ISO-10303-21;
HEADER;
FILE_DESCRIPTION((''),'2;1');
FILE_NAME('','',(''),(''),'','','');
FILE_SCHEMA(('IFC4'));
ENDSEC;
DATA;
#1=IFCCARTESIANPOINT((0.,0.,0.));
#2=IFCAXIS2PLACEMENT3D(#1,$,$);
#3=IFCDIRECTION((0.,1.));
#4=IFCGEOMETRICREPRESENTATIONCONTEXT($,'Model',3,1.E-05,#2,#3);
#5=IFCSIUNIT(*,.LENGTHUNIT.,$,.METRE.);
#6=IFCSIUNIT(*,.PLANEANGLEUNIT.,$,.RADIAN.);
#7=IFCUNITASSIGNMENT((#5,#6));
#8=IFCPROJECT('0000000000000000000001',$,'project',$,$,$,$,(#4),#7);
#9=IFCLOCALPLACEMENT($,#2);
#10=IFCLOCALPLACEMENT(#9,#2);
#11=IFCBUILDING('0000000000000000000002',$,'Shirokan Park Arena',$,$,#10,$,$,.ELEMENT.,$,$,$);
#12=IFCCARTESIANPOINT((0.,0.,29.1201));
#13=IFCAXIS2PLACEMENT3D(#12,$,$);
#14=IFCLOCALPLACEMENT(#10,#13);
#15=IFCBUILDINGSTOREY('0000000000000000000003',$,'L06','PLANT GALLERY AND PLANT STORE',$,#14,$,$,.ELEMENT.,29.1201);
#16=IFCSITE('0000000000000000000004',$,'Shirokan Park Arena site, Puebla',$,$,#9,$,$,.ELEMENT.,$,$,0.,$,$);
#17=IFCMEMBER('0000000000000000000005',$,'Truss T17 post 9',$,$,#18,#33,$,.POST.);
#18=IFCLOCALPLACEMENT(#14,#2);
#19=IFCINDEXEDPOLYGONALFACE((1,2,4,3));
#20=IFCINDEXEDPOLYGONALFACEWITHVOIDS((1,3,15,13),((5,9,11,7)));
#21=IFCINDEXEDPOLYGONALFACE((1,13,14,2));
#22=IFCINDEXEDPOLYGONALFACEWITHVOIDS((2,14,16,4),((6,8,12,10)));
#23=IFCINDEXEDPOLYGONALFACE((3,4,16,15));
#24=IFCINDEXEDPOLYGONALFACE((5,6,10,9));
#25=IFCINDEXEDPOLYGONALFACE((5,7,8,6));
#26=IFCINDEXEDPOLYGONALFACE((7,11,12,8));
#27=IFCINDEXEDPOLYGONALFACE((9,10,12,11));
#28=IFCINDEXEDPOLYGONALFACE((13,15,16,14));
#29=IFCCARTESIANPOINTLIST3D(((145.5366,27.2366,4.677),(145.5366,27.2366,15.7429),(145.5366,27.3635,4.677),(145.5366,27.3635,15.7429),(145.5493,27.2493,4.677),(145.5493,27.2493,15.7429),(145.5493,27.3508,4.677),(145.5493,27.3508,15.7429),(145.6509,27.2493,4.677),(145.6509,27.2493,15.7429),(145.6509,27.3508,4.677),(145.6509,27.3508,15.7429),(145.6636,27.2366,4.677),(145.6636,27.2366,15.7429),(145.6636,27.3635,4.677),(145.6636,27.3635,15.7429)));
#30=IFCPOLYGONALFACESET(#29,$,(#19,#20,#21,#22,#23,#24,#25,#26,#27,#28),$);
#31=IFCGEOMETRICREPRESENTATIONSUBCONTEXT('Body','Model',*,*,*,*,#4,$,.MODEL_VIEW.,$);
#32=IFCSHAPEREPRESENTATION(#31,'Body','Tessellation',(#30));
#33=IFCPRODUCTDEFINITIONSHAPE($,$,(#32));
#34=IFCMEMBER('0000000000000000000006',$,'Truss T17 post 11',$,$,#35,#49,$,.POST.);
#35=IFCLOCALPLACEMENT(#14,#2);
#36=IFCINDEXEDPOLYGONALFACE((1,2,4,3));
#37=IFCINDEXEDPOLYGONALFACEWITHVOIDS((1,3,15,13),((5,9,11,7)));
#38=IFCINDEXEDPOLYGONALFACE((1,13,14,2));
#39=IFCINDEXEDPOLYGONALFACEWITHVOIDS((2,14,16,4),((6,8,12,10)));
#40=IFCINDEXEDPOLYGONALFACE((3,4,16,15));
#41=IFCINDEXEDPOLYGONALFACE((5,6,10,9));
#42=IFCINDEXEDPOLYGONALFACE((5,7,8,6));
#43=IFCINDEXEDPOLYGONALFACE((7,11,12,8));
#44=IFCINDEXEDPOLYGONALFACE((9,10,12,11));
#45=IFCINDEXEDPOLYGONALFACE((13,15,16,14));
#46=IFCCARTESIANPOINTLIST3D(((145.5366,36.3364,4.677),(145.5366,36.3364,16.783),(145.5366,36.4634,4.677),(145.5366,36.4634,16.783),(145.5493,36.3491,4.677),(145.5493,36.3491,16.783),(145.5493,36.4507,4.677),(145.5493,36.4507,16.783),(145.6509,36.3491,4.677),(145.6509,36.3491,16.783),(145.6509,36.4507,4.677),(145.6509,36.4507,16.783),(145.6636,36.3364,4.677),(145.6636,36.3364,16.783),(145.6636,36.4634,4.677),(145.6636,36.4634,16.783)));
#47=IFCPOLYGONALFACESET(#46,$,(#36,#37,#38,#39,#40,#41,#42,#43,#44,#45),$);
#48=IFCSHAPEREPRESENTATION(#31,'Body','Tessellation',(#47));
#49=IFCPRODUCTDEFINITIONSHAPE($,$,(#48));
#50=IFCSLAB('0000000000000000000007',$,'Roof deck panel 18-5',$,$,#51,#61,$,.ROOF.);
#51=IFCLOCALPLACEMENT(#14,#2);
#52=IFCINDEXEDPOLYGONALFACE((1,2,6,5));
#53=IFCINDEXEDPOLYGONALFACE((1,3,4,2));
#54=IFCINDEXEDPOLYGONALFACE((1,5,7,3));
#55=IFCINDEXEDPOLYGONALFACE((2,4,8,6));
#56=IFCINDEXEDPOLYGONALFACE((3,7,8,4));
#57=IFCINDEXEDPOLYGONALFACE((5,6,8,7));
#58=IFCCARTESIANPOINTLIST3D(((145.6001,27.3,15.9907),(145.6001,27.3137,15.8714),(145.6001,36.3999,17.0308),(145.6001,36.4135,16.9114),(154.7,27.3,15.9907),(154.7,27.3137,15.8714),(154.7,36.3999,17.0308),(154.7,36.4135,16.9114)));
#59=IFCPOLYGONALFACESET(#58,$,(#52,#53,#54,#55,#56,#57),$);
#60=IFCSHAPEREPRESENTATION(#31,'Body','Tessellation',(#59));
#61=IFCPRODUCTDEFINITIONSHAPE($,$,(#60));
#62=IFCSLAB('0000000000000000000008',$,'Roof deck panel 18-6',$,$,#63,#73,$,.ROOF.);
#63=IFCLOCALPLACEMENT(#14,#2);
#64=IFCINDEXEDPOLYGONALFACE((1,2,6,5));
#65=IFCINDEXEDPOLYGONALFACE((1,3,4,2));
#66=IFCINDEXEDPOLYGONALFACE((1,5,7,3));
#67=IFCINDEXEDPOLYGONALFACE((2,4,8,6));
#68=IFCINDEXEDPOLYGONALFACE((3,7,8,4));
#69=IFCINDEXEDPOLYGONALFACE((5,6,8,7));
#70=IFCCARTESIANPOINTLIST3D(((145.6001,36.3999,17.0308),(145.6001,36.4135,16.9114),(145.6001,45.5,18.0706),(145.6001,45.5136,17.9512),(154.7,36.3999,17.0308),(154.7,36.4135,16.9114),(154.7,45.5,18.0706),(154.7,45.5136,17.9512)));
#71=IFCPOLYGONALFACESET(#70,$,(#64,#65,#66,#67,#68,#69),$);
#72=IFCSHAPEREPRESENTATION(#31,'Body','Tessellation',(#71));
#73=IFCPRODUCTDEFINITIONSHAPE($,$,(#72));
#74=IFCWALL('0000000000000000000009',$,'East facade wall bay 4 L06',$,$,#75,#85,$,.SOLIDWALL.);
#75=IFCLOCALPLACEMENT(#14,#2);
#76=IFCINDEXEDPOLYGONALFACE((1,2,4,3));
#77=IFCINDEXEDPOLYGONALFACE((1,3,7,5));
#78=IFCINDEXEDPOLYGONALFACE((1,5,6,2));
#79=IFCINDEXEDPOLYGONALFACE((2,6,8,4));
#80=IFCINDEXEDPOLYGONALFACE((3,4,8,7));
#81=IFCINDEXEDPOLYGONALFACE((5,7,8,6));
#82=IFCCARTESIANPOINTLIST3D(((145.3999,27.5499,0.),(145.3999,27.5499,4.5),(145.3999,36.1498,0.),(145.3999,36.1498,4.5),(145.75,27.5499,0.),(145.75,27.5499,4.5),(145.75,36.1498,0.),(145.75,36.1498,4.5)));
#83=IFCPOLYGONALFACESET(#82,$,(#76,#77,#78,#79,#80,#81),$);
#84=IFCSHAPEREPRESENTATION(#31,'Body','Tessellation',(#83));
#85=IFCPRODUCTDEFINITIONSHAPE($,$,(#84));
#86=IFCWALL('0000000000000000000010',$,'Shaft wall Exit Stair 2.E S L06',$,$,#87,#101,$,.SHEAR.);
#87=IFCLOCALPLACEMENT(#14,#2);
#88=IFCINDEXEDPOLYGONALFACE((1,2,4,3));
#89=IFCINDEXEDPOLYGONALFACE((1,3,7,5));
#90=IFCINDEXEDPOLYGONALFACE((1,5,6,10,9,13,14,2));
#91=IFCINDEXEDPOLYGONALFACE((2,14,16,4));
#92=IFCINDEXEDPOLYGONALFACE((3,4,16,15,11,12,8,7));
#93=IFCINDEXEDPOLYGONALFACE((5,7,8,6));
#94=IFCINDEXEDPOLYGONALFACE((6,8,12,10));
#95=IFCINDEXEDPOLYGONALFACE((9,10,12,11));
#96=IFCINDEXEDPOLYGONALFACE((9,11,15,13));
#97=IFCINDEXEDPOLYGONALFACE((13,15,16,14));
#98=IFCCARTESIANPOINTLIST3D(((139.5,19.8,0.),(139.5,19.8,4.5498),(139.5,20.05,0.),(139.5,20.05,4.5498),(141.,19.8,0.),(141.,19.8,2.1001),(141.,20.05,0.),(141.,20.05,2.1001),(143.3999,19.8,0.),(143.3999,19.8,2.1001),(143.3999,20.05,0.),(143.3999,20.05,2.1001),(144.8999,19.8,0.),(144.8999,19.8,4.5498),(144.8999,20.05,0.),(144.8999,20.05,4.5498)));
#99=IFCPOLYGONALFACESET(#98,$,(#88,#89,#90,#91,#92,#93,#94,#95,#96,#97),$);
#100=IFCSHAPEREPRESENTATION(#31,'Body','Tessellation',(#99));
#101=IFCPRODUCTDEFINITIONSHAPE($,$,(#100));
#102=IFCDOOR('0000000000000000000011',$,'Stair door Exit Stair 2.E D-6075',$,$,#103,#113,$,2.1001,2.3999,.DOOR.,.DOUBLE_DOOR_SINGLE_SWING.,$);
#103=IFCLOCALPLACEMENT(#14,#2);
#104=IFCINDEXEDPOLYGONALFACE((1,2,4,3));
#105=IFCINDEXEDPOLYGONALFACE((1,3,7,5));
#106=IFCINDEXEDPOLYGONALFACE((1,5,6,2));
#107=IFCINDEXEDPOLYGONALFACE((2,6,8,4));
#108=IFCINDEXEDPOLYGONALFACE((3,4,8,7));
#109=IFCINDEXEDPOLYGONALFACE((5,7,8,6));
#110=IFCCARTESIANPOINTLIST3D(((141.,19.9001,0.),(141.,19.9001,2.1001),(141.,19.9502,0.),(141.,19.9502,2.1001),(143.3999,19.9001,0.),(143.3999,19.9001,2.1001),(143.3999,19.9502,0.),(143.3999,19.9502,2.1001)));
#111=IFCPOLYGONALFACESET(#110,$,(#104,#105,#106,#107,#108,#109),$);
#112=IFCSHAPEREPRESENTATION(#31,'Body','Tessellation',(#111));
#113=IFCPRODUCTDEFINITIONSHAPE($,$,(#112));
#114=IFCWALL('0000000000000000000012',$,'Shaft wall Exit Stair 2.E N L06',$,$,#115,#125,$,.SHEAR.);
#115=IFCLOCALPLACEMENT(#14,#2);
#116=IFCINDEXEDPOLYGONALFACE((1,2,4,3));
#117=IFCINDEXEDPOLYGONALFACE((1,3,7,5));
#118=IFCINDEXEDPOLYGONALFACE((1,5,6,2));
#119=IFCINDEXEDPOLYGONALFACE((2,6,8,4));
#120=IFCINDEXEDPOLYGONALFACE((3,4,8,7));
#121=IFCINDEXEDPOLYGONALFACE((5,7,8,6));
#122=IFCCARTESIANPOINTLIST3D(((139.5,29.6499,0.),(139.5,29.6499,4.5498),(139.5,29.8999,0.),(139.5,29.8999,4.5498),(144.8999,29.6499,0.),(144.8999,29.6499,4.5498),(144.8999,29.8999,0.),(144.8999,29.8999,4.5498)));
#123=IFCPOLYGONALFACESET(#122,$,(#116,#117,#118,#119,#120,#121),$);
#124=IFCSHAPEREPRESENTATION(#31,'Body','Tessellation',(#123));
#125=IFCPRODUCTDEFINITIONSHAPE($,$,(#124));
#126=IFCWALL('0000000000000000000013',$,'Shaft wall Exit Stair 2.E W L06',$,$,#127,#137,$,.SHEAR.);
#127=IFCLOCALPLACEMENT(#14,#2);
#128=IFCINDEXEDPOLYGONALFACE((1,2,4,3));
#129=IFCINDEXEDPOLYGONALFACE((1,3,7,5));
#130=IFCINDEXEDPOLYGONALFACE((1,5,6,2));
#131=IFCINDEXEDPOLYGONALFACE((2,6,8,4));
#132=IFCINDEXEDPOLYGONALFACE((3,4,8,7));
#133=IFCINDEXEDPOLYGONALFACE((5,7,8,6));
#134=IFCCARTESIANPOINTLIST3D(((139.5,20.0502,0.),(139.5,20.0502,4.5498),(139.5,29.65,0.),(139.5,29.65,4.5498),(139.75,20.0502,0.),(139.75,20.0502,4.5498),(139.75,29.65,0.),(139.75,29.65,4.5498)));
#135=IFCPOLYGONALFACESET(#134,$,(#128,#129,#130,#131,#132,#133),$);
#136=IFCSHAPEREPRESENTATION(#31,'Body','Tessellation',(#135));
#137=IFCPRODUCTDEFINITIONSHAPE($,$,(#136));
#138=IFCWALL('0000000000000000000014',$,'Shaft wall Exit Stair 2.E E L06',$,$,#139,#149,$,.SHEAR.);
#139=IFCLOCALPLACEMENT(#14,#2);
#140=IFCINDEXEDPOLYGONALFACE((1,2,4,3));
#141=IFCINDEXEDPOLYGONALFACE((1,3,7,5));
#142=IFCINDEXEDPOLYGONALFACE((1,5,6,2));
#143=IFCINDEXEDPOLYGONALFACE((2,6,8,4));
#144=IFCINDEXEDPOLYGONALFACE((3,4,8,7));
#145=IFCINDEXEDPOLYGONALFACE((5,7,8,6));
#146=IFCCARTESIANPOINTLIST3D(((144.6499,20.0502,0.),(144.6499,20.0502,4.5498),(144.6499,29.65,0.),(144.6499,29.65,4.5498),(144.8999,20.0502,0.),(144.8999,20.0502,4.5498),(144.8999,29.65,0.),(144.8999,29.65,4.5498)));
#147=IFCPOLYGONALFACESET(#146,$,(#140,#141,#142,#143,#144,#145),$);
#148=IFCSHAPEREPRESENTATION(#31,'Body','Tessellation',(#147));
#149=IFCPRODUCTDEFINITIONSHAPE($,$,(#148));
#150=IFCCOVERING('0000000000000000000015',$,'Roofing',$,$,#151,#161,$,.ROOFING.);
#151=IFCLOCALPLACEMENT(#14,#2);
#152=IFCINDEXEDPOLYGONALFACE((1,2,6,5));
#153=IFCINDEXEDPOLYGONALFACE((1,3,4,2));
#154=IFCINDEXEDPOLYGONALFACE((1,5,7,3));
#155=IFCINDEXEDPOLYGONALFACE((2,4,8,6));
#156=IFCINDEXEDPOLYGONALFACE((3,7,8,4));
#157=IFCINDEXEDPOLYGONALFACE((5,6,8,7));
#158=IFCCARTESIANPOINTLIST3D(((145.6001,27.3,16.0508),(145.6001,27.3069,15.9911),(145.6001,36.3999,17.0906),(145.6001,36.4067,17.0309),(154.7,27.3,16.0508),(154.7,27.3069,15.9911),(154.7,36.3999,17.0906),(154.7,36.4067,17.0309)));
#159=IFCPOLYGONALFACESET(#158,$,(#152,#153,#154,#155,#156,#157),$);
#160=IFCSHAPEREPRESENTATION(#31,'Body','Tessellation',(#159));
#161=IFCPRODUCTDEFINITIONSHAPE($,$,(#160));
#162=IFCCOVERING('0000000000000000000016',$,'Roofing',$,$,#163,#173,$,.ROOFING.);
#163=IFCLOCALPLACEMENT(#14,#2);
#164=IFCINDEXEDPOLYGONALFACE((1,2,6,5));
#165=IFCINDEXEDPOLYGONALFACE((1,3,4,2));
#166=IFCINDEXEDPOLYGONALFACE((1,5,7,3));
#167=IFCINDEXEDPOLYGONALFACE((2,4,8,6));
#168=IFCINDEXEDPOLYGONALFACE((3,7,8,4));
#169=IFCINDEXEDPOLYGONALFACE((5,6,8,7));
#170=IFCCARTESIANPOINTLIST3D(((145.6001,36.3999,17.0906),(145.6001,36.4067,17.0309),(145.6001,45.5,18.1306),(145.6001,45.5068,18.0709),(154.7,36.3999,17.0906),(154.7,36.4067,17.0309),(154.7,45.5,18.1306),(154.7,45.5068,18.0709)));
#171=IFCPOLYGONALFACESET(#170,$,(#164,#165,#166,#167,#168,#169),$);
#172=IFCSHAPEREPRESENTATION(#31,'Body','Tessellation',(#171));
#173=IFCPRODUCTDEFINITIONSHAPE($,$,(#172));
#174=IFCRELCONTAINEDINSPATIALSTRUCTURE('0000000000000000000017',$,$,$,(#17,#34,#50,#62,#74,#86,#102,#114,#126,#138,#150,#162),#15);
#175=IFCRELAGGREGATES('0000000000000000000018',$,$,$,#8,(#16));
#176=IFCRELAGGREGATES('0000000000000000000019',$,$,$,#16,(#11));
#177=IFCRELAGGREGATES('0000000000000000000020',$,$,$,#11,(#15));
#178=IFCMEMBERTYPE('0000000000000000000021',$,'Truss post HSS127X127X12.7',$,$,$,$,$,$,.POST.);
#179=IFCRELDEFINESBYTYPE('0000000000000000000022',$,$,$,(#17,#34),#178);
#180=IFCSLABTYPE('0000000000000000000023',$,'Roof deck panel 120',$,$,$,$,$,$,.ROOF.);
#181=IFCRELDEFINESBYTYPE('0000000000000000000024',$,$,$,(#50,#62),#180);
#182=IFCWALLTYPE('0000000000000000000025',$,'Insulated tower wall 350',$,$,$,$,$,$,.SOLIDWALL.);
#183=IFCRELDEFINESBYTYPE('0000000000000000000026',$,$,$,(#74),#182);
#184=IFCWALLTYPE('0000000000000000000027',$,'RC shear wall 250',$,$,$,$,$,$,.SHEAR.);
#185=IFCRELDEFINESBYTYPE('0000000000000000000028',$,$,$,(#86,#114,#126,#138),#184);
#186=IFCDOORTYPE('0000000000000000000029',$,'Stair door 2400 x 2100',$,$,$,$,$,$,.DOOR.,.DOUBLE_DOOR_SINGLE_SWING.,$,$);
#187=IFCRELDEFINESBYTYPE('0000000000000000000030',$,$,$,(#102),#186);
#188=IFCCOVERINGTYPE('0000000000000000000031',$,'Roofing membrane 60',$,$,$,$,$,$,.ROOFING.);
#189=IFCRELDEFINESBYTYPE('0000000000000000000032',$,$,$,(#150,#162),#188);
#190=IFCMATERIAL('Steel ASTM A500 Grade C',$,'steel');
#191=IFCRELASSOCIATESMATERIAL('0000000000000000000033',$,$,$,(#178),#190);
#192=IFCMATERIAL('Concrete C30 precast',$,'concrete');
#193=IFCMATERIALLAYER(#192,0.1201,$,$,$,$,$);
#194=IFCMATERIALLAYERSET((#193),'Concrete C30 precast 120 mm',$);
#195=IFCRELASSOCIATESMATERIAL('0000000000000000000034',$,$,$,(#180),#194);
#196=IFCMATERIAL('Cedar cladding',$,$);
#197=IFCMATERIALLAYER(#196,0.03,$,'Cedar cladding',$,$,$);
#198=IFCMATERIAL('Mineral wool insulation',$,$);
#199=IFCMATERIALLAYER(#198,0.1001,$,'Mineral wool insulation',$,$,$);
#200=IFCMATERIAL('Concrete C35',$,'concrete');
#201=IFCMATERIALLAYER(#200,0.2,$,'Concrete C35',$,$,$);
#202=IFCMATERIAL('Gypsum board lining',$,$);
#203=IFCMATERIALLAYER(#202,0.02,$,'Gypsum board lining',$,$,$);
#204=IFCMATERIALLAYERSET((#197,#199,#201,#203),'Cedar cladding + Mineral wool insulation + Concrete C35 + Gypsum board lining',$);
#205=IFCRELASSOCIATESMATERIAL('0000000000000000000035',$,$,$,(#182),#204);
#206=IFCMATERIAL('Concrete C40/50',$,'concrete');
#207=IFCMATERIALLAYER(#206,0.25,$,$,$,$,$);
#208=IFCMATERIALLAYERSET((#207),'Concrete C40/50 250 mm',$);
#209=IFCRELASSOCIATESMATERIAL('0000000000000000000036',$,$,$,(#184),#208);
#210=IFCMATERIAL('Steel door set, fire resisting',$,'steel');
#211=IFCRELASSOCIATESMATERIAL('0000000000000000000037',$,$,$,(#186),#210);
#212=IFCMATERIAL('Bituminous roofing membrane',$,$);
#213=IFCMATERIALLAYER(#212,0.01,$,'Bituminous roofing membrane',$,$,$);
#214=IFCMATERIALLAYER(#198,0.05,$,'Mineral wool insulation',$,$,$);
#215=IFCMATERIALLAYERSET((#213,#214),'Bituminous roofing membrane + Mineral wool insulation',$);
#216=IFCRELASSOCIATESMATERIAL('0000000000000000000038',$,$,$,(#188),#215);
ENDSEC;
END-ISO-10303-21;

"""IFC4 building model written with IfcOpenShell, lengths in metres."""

from ifc_helpers import new_model, si_unit, direction, frame, frame_2d, origin, origin_2d, place, context, subcontext, project, spatial, polyline, rectangle, hollow_rectangle, outline, extrude, material, layer, layer_set, material_profile, profile_set, type_object, element, fill, save


model = new_model("IFC4")

# Units and contexts
model_context = context("Model", 3, precision=1e-05, world=origin(), true_north=direction((0.0, 1.0)))
body_context = subcontext(model_context, "Body", "Model", "MODEL_VIEW")
ifc_project = project(units=[si_unit("LENGTHUNIT", "METRE"), si_unit("PLANEANGLEUNIT", "RADIAN")], contexts=[model_context])

# Site, building, storey
site_placement = place(None, origin())
site = spatial("IfcSite", under=ifc_project, at=site_placement, Name="Shirokan Park Arena site, Puebla", CompositionType="ELEMENT", RefElevation=0.0)
building_placement = place(site_placement, origin())
building = spatial("IfcBuilding", under=site, at=building_placement, Name="Shirokan Park Arena", CompositionType="ELEMENT")
storey_placement = place(building_placement, frame((0.0, 0.0, 29.1201)))
storey = spatial("IfcBuildingStorey", under=building, at=storey_placement, Name="L06", Description="PLANT GALLERY AND PLANT STORE", CompositionType="ELEMENT", Elevation=29.1201)

# Shared definitions
ifc_material_1 = material(Name="Concrete C35", Category="concrete")

# Shared definitions
ifc_material_2 = material(Name="Steel ASTM A500 Grade C", Category="steel")

# Members
ifc_material_profile_1 = material_profile(ifc_material_2, hollow_rectangle(XDim=0.127, YDim=0.127, WallThickness=0.0127, at=origin_2d()), Name="HSS127X127X12.7")
ifc_profile_set_1 = profile_set([ifc_material_profile_1], Name="Steel ASTM A500 Grade C")
member_type_1 = type_object("IfcMemberType", Name="Truss post HSS127X127X12.7", PredefinedType="POST", material=ifc_profile_set_1)
member_1_placement = place(storey_placement, frame((145.6001, 27.3, 4.677), z_axis=(0.0, 0.0, 1.0), x_axis=(1.0, 0.0, 0.0)))
element("IfcMember", 1, at=member_1_placement, inside=storey, type_object=member_type_1, Name="Truss T17 post 9", PredefinedType="POST", context=body_context, shape_type="SweptSolid", body=[
    extrude(hollow_rectangle(XDim=0.127, YDim=0.127, WallThickness=0.0127, at=origin_2d()), origin(), (0.0, 0.0, 1.0), 11.0659),
])
member_2_placement = place(storey_placement, frame((145.6001, 36.3999, 4.677), z_axis=(0.0, 0.0, 1.0), x_axis=(1.0, 0.0, 0.0)))
element("IfcMember", 2, at=member_2_placement, inside=storey, type_object=member_type_1, Name="Truss T17 post 11", PredefinedType="POST", context=body_context, shape_type="SweptSolid", body=[
    extrude(hollow_rectangle(XDim=0.127, YDim=0.127, WallThickness=0.0127, at=origin_2d()), origin(), (0.0, 0.0, 1.0), 12.106),
])

# Slabs
ifc_material_3 = material(Name="Concrete C30 precast", Category="concrete")
ifc_layer_1 = layer(ifc_material_3, 0.1201)
ifc_layer_set_1 = layer_set([ifc_layer_1], Name="Concrete C30 precast 120 mm")
slab_type = type_object("IfcSlabType", Name="Roof deck panel 120", PredefinedType="ROOF", material=ifc_layer_set_1)
slab_1_placement = place(storey_placement, frame((145.6001, 27.3, 15.9907), z_axis=(0.0, -0.113553, 0.993532), x_axis=(1.0, 0.0, 0.0)))
element("IfcSlab", 3, at=slab_1_placement, inside=storey, type_object=slab_type, Name="Roof deck panel 18-5", PredefinedType="ROOF", context=body_context, shape_type="SweptSolid", body=[
    extrude(outline(polyline([(0.0, 0.0), (9.0999, 0.0), (9.0999, 9.1591), (0.0, 9.1591), (0.0, 0.0)])), origin(), (0.0, 0.0, -1.0), 0.1201),
])
slab_2_placement = place(storey_placement, frame((145.6001, 36.3999, 17.0308), z_axis=(0.0, -0.113523, 0.993535), x_axis=(1.0, 0.0, 0.0)))
element("IfcSlab", 4, at=slab_2_placement, inside=storey, type_object=slab_type, Name="Roof deck panel 18-6", PredefinedType="ROOF", context=body_context, shape_type="SweptSolid", body=[
    extrude(outline(polyline([(0.0, 0.0), (9.0999, 0.0), (9.0999, 9.1593), (0.0, 9.1593), (0.0, 0.0)])), origin(), (0.0, 0.0, -1.0), 0.1201),
])

# Wall
ifc_material_4 = material(Name="Cedar cladding")
ifc_layer_2 = layer(ifc_material_4, 0.03, Name="Cedar cladding")
ifc_material_5 = material(Name="Mineral wool insulation")
ifc_layer_3 = layer(ifc_material_5, 0.1001, Name="Mineral wool insulation")
ifc_layer_4 = layer(ifc_material_1, 0.2, Name="Concrete C35")
ifc_material_6 = material(Name="Gypsum board lining")
ifc_layer_5 = layer(ifc_material_6, 0.02, Name="Gypsum board lining")
ifc_layer_set_2 = layer_set([ifc_layer_2, ifc_layer_3, ifc_layer_4, ifc_layer_5], Name="Cedar cladding + Mineral wool insulation + Concrete C35 + Gypsum board lining")
wall_type_1 = type_object("IfcWallType", Name="Insulated tower wall 350", PredefinedType="SOLIDWALL", material=ifc_layer_set_2)
wall_1_placement = place(storey_placement, frame((145.575, 27.55, 0.0), z_axis=(0.0, 0.0, 1.0), x_axis=(0.0, 1.0, 0.0)))
element("IfcWall", 5, at=wall_1_placement, inside=storey, type_object=wall_type_1, Name="East facade wall bay 4 L06", PredefinedType="SOLIDWALL", context=body_context, shape_type="SweptSolid", body=[
    extrude(rectangle(XDim=8.5999, YDim=0.3501, at=frame_2d((4.2998, 0.0))), origin(), (0.0, 0.0, 1.0), 4.5),
])

# Wall, opening, door
ifc_material_7 = material(Name="Concrete C40/50", Category="concrete")
ifc_layer_6 = layer(ifc_material_7, 0.25)
ifc_layer_set_3 = layer_set([ifc_layer_6], Name="Concrete C40/50 250 mm")
wall_type_2 = type_object("IfcWallType", Name="RC shear wall 250", PredefinedType="SHEAR", material=ifc_layer_set_3)
wall_2_placement = place(storey_placement, frame((144.8999, 19.925, 0.0), z_axis=(0.0, 0.0, 1.0), x_axis=(-1.0, 0.0, 0.0)))
wall_2 = element("IfcWall", 6, at=wall_2_placement, inside=storey, type_object=wall_type_2, Name="Shaft wall Exit Stair 2.E S L06", PredefinedType="SHEAR", context=body_context, shape_type="SweptSolid", body=[
    extrude(rectangle(XDim=5.3999, YDim=0.25, at=frame_2d((2.7, 0.0))), origin(), (0.0, 0.0, 1.0), 4.5498),
])
opening_placement = place(wall_2_placement, frame((1.5, 0.0, 0.0)))
opening = element("IfcOpeningElement", 7, at=opening_placement, cuts=wall_2, PredefinedType="OPENING", context=body_context, shape_type="SweptSolid", body=[
    extrude(rectangle(XDim=2.3999, YDim=2.1001, at=frame_2d((1.2, 1.05))), frame((0.0, 0.135, 0.0), z_axis=(0.0, -1.0, 0.0), x_axis=(1.0, 0.0, 0.0)), (0.0, 0.0, 1.0), 0.27),
])
ifc_material_8 = material(Name="Steel door set, fire resisting", Category="steel")
door_type = type_object("IfcDoorType", Name="Stair door 2400 x 2100", OperationType="DOUBLE_DOOR_SINGLE_SWING", PredefinedType="DOOR", material=ifc_material_8)
door_placement = place(opening_placement, origin())
door = element("IfcDoor", 8, at=door_placement, inside=storey, type_object=door_type, Name="Stair door Exit Stair 2.E D-6075", OperationType="DOUBLE_DOOR_SINGLE_SWING", OverallHeight=2.1001, OverallWidth=2.3999, PredefinedType="DOOR", context=body_context, shape_type="SweptSolid", body=[
    extrude(rectangle(XDim=2.3999, YDim=2.1001, at=frame_2d((1.2, 1.05))), frame((0.0, 0.0249, 0.0), z_axis=(0.0, -1.0, 0.0), x_axis=(1.0, 0.0, 0.0)), (0.0, 0.0, 1.0), 0.05),
])
fill(opening, door)

# Walls
wall_3_placement = place(storey_placement, frame((144.8999, 29.7749, 0.0), z_axis=(0.0, 0.0, 1.0), x_axis=(-1.0, 0.0, 0.0)))
element("IfcWall", 9, at=wall_3_placement, inside=storey, type_object=wall_type_2, Name="Shaft wall Exit Stair 2.E N L06", PredefinedType="SHEAR", context=body_context, shape_type="SweptSolid", body=[
    extrude(rectangle(XDim=5.3999, YDim=0.25, at=frame_2d((2.7, 0.0))), origin(), (0.0, 0.0, 1.0), 4.5498),
])
for number, where, z_axis, x_axis, name in (
    (10, (139.625, 29.6499, 0.0), (0.0, 0.0, 1.0), (0.0, -1.0, 0.0), "Shaft wall Exit Stair 2.E W L06"),
    (11, (144.7749, 29.6499, 0.0), (0.0, 0.0, 1.0), (0.0, -1.0, 0.0), "Shaft wall Exit Stair 2.E E L06"),
):
    element("IfcWall", number, at=place(storey_placement, frame(where, z_axis=z_axis, x_axis=x_axis)), inside=storey, type_object=wall_type_2, Name=name, PredefinedType="SHEAR", context=body_context, shape_type="SweptSolid", body=[
        extrude(rectangle(XDim=9.5999, YDim=0.25, at=frame_2d((4.7998, 0.0))), origin(), (0.0, 0.0, 1.0), 4.5498),
    ])

# Coverings
ifc_material_9 = material(Name="Bituminous roofing membrane")
ifc_layer_7 = layer(ifc_material_9, 0.01, Name="Bituminous roofing membrane")
ifc_layer_8 = layer(ifc_material_5, 0.05, Name="Mineral wool insulation")
ifc_layer_set_4 = layer_set([ifc_layer_7, ifc_layer_8], Name="Bituminous roofing membrane + Mineral wool insulation")
covering_type = type_object("IfcCoveringType", Name="Roofing membrane 60", PredefinedType="ROOFING", material=ifc_layer_set_4)
covering_1_placement = place(storey_placement, frame((145.6001, 27.3, 16.0508), z_axis=(0.0, -0.113526, 0.993535), x_axis=(1.0, 0.0, 0.0)))
element("IfcCovering", 12, at=covering_1_placement, inside=storey, type_object=covering_type, Name="Roofing", PredefinedType="ROOFING", context=body_context, shape_type="SweptSolid", body=[
    extrude(outline(polyline([(0.0, 0.0), (9.0999, 0.0), (9.0999, 9.1591), (0.0, 9.1591), (0.0, 0.0)])), origin(), (0.0, 0.0, -1.0), 0.0601),
])
covering_2_placement = place(storey_placement, frame((145.6001, 36.3999, 17.0906), z_axis=(0.0, -0.11355, 0.993532), x_axis=(1.0, 0.0, 0.0)))
element("IfcCovering", 13, at=covering_2_placement, inside=storey, type_object=covering_type, Name="Roofing", PredefinedType="ROOFING", context=body_context, shape_type="SweptSolid", body=[
    extrude(outline(polyline([(0.0, 0.0), (9.0999, 0.0), (9.0999, 9.1593), (0.0, 9.1593), (0.0, 0.0)])), origin(), (0.0, 0.0, -1.0), 0.0601),
])

save(model, "model.ifc")
